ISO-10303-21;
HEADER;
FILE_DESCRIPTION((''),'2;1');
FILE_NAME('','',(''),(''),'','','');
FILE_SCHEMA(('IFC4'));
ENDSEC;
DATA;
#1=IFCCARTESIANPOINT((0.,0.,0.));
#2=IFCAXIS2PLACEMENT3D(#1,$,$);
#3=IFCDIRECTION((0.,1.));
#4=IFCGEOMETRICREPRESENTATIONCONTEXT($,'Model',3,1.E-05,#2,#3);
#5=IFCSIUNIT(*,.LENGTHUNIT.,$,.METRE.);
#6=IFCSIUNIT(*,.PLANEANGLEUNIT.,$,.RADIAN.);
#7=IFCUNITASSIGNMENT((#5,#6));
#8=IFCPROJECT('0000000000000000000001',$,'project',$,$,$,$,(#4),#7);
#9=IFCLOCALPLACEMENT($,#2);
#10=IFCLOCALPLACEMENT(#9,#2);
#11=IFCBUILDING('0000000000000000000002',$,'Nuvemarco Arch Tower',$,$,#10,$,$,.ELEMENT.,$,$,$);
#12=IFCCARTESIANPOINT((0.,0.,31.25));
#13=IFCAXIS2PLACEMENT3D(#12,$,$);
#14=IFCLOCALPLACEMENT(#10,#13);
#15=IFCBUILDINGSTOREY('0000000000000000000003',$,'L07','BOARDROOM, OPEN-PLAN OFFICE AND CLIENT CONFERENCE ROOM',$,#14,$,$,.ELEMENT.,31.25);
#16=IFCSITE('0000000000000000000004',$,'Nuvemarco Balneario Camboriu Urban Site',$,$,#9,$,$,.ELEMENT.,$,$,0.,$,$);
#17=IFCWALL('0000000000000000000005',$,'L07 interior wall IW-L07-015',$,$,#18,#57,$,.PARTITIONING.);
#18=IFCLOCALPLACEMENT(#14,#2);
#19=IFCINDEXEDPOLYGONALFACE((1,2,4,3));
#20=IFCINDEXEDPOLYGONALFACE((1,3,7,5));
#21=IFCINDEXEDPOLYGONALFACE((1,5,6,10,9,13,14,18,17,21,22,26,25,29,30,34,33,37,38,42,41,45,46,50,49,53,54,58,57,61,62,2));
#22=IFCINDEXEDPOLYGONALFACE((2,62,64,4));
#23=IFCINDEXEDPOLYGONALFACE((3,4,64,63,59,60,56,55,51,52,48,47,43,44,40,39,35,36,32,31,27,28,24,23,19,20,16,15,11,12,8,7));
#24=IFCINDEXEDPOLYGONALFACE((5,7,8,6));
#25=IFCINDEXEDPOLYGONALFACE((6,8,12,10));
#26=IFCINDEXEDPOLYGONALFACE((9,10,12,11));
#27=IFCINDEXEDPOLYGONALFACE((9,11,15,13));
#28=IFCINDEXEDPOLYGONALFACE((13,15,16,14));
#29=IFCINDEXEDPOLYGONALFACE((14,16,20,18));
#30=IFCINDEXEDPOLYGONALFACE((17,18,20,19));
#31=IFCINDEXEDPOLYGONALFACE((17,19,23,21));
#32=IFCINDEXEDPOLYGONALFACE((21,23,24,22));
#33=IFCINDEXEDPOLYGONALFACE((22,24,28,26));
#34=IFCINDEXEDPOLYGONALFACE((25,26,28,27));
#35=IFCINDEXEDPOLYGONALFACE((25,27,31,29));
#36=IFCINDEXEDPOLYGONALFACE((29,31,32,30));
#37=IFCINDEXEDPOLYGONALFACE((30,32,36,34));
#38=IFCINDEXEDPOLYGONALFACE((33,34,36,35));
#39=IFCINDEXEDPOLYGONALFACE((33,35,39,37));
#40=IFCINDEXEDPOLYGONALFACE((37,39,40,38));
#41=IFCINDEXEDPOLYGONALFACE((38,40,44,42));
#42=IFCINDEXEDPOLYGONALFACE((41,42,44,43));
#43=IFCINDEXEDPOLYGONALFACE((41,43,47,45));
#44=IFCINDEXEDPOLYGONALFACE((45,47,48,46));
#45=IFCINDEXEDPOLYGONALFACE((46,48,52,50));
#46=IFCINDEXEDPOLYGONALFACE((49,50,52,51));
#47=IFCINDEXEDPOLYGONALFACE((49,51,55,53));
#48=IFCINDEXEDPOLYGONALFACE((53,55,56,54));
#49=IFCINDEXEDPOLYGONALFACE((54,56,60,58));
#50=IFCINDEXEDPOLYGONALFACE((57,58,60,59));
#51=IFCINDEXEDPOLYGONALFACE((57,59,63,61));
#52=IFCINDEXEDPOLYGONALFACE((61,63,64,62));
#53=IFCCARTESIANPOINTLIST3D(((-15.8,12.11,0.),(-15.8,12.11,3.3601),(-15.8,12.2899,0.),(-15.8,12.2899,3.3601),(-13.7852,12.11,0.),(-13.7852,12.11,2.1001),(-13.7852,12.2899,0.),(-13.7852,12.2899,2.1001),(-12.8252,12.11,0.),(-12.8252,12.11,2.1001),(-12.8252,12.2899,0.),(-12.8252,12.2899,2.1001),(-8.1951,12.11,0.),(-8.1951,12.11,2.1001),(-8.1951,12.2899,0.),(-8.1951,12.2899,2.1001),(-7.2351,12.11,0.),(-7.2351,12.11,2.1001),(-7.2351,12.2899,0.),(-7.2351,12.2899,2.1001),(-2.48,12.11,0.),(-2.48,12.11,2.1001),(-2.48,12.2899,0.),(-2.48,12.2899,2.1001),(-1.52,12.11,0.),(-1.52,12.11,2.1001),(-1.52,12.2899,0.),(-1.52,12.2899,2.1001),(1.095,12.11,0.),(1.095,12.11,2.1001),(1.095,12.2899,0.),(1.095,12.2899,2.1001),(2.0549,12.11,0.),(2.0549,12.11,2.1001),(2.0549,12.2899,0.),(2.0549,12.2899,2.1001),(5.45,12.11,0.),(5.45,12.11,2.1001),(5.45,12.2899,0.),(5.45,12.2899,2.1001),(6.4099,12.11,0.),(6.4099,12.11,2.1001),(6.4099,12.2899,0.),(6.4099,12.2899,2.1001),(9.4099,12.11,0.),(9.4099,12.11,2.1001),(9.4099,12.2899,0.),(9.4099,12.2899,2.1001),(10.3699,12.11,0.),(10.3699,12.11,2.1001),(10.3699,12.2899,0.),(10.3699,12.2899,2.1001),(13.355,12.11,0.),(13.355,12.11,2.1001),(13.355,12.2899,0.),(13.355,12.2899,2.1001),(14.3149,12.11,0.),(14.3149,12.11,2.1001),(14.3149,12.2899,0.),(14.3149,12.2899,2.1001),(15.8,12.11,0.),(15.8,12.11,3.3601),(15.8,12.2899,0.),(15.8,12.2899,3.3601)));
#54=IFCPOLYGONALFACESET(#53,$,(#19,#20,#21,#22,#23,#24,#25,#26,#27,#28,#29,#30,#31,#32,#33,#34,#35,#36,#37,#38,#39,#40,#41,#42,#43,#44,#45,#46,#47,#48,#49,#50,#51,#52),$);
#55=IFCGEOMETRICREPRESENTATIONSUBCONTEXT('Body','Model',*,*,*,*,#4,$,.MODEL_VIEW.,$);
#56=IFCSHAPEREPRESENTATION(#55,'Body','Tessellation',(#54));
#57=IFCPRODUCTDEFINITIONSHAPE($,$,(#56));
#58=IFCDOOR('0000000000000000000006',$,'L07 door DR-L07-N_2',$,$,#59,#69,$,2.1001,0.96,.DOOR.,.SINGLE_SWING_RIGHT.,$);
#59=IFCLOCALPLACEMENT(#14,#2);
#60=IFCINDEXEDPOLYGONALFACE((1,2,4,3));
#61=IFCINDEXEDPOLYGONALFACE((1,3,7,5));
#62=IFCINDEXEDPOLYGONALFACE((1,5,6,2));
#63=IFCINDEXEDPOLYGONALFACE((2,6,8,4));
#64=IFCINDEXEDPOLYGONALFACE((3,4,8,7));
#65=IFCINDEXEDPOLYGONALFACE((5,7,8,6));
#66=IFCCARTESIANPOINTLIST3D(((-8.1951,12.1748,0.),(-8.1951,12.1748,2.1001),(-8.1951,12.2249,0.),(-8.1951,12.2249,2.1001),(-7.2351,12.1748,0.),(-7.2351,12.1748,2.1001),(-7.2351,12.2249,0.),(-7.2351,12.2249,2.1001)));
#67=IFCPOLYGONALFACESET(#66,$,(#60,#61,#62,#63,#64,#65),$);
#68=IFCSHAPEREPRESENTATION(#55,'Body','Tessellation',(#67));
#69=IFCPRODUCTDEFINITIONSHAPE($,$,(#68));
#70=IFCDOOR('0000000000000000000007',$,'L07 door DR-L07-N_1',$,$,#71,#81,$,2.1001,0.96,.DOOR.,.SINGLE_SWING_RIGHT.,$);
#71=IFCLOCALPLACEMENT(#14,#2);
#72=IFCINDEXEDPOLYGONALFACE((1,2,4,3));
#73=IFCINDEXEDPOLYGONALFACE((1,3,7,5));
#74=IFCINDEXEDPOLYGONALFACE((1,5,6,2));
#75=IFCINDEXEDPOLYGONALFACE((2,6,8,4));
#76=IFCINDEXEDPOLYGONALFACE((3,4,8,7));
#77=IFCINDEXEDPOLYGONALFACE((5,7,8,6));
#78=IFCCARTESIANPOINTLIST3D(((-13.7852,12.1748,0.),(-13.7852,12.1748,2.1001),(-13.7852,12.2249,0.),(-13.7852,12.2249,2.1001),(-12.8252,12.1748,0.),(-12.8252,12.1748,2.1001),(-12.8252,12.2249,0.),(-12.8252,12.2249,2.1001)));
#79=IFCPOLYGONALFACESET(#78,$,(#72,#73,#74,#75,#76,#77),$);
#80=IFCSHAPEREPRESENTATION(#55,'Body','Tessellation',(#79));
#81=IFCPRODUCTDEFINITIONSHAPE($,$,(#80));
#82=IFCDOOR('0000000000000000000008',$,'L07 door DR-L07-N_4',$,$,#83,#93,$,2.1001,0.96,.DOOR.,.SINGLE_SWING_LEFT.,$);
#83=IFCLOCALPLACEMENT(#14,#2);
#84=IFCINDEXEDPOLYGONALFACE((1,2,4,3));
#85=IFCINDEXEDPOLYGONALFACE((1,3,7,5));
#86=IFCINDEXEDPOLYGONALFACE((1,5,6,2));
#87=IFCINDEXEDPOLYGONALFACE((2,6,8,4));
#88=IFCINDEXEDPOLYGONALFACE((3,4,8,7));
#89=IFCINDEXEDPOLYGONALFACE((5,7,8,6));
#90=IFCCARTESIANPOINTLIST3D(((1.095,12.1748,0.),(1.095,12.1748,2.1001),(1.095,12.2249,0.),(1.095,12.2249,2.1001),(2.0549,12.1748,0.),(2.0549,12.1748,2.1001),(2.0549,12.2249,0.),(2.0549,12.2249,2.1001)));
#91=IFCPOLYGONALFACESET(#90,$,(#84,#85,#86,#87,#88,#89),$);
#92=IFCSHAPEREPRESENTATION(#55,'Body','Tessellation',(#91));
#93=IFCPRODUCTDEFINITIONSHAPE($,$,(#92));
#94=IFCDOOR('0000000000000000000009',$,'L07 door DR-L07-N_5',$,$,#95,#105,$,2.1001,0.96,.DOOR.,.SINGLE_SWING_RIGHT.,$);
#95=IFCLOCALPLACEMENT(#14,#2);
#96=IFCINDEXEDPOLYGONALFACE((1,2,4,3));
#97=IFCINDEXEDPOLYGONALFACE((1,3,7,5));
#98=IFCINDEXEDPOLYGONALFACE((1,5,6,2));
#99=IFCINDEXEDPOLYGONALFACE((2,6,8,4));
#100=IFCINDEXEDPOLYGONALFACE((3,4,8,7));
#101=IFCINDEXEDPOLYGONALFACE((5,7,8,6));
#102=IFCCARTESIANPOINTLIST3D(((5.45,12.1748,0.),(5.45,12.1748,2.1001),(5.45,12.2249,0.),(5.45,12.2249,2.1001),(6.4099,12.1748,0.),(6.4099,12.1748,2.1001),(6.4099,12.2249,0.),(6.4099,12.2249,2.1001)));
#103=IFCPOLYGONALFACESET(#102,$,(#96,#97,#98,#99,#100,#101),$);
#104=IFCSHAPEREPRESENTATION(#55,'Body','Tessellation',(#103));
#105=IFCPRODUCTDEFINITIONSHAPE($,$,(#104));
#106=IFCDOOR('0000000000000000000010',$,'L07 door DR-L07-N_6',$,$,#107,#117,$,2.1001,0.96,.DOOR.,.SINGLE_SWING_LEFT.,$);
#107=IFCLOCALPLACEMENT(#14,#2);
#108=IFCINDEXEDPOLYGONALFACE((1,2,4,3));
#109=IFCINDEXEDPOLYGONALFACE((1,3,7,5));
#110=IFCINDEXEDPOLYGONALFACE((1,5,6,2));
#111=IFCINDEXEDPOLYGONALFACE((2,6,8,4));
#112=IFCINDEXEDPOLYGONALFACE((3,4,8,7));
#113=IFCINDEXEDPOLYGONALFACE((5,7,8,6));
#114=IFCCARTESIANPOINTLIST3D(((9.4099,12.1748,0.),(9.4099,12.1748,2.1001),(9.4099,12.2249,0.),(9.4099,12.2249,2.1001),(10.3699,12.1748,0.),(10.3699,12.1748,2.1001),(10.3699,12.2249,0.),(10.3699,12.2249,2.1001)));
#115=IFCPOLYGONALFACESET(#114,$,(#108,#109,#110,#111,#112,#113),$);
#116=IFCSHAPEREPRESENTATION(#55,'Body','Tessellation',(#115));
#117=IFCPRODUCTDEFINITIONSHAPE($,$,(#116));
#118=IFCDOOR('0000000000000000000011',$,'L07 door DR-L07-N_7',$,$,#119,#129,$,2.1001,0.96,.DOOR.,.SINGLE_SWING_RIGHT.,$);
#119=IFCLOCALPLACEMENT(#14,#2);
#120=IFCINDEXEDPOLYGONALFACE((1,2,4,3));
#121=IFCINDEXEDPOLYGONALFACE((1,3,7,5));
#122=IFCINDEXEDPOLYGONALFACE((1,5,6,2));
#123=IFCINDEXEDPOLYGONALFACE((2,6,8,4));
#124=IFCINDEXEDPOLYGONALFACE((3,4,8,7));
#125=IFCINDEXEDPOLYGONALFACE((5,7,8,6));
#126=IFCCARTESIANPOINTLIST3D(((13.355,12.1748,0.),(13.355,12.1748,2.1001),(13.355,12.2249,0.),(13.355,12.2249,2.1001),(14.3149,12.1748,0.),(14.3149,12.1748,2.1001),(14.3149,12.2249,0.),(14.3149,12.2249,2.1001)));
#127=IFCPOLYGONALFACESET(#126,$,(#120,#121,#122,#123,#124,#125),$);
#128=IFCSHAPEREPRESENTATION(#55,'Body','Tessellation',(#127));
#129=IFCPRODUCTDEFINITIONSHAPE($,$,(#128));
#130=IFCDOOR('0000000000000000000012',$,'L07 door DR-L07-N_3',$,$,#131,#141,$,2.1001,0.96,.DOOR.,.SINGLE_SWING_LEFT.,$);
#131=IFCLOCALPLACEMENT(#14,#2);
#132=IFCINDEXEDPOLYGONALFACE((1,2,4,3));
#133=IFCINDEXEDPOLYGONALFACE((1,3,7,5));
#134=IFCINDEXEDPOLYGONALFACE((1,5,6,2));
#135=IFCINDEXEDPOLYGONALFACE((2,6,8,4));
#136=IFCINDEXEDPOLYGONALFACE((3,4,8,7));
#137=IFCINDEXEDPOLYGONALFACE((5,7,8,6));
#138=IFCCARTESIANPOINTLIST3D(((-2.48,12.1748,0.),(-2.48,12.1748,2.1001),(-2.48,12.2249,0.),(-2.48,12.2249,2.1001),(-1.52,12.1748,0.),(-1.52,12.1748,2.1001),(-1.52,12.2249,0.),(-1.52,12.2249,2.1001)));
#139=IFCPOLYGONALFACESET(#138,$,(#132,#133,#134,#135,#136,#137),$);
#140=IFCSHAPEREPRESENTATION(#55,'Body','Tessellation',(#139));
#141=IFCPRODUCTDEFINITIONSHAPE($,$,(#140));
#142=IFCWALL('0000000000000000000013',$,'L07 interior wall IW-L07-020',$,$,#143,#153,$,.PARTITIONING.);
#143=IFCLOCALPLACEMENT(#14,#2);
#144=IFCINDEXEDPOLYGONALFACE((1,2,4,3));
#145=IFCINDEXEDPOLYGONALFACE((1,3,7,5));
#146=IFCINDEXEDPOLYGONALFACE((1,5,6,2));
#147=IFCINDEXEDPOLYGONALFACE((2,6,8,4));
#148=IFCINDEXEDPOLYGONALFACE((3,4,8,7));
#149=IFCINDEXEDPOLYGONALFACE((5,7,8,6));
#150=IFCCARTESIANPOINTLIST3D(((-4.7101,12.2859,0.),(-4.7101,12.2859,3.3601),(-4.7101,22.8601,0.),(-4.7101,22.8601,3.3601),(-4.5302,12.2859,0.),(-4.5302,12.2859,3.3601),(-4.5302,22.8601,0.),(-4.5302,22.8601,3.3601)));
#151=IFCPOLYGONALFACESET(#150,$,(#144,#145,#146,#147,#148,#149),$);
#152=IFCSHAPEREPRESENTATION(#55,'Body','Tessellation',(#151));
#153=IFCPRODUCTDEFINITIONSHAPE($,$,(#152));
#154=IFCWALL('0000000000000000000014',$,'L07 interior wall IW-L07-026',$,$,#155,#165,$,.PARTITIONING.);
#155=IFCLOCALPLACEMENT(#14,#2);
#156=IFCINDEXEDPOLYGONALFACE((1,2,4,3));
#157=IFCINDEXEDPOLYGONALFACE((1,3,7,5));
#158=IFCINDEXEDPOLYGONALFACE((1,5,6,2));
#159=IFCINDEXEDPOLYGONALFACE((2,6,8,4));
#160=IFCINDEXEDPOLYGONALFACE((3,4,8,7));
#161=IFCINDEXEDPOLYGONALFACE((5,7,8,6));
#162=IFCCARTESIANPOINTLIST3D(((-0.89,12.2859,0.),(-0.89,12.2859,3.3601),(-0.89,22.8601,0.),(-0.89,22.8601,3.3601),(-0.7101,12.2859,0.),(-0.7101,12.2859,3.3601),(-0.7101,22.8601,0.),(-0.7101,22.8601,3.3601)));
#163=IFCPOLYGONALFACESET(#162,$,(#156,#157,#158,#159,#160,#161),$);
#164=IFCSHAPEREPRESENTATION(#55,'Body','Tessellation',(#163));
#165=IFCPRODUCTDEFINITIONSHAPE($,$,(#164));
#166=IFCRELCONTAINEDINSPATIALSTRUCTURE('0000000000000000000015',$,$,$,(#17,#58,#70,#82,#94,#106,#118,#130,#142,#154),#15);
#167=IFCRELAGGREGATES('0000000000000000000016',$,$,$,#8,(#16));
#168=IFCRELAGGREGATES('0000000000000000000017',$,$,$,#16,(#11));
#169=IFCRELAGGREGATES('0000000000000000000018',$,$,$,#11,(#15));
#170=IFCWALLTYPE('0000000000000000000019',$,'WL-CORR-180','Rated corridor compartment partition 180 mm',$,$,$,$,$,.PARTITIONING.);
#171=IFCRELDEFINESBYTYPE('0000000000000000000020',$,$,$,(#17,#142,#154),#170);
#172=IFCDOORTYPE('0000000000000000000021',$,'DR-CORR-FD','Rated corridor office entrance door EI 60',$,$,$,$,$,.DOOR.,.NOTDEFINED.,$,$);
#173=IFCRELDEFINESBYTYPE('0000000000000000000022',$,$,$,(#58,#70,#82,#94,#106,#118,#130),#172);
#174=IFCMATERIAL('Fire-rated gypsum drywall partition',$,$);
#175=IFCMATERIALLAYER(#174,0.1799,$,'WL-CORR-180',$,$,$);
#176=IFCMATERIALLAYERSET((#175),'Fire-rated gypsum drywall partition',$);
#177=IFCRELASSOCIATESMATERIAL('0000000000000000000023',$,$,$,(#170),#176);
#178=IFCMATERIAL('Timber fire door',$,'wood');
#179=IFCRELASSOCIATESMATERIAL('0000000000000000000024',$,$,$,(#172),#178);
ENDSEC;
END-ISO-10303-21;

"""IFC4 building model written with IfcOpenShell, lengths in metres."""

from ifc_helpers import new_model, si_unit, direction, frame, frame_2d, origin, place, context, subcontext, project, spatial, rectangle, extrude, source, transform, mapped, material, layer, layer_set, type_object, type_shapes, element, fill, save


model = new_model("IFC4")

# Units and contexts
model_context = context("Model", 3, precision=1e-05, world=origin(), true_north=direction((0.0, 1.0)))
body_context = subcontext(model_context, "Body", "Model", "MODEL_VIEW")
ifc_project = project(units=[si_unit("LENGTHUNIT", "METRE"), si_unit("PLANEANGLEUNIT", "RADIAN")], contexts=[model_context])

# Site, building, storey
site_placement = place(None, origin())
site = spatial("IfcSite", under=ifc_project, at=site_placement, Name="Nuvemarco Balneario Camboriu Urban Site", CompositionType="ELEMENT", RefElevation=0.0)
building_placement = place(site_placement, origin())
building = spatial("IfcBuilding", under=site, at=building_placement, Name="Nuvemarco Arch Tower", CompositionType="ELEMENT")
storey_placement = place(building_placement, frame((0.0, 0.0, 31.25)))
storey = spatial("IfcBuildingStorey", under=building, at=storey_placement, Name="L07", Description="BOARDROOM, OPEN-PLAN OFFICE AND CLIENT CONFERENCE ROOM", CompositionType="ELEMENT", Elevation=31.25)

# Shared definitions
ifc_material_1 = material(Name="Fire-rated gypsum drywall partition")
ifc_layer_1 = layer(ifc_material_1, 0.1799, Name="WL-CORR-180")
ifc_layer_set_1 = layer_set([ifc_layer_1], Name="Fire-rated gypsum drywall partition")
wall_type_1 = type_object("IfcWallType", Name="WL-CORR-180", Description="Rated corridor compartment partition 180 mm", PredefinedType="PARTITIONING", material=ifc_layer_set_1)
ifc_material_2 = material(Name="Timber fire door", Category="wood")
door_type = type_object("IfcDoorType", Name="DR-CORR-FD", Description="Rated corridor office entrance door EI 60", OperationType="NOTDEFINED", PredefinedType="DOOR", material=ifc_material_2)
shared_shape_1 = source(origin(), body_context, "Body", "SweptSolid", [
    extrude(rectangle(XDim=0.96, YDim=2.1001, at=frame_2d((0.48, 1.05))), frame((0.0, 0.0249, 0.0), z_axis=(0.0, -1.0, 0.0), x_axis=(1.0, 0.0, 0.0)), (0.0, 0.0, 1.0), 0.05),
])
type_shapes(door_type, [shared_shape_1])

# Wall, openings, doors
wall_1_placement = place(storey_placement, frame((-15.8, 12.2, 0.0), z_axis=(0.0, 0.0, 1.0), x_axis=(1.0, 0.0, 0.0)))
wall_1 = element("IfcWall", 1, at=wall_1_placement, inside=storey, type_object=wall_type_1, Name="L07 interior wall IW-L07-015", PredefinedType="PARTITIONING", context=body_context, shape_type="SweptSolid", body=[
    extrude(rectangle(XDim=31.6001, YDim=0.1799, at=frame_2d((15.8, 0.0))), origin(), (0.0, 0.0, 1.0), 3.3601),
])
opening_1_placement = place(wall_1_placement, frame((7.605, 0.0, 0.0)))
opening_1 = element("IfcOpeningElement", 2, at=opening_1_placement, cuts=wall_1, PredefinedType="OPENING", context=body_context, shape_type="SweptSolid", body=[
    extrude(rectangle(XDim=0.96, YDim=2.1001, at=frame_2d((0.48, 1.05))), frame((0.0, 0.0999, 0.0), z_axis=(0.0, -1.0, 0.0), x_axis=(1.0, 0.0, 0.0)), (0.0, 0.0, 1.0), 0.2),
])
opening_2_placement = place(wall_1_placement, frame((2.0149, 0.0, 0.0)))
opening_2 = element("IfcOpeningElement", 3, at=opening_2_placement, cuts=wall_1, PredefinedType="OPENING", context=body_context, shape_type="SweptSolid", body=[
    extrude(rectangle(XDim=0.96, YDim=2.1001, at=frame_2d((0.48, 1.05))), frame((0.0, 0.0999, 0.0), z_axis=(0.0, -1.0, 0.0), x_axis=(1.0, 0.0, 0.0)), (0.0, 0.0, 1.0), 0.2),
])
opening_3_placement = place(wall_1_placement, frame((16.895, 0.0, 0.0)))
opening_3 = element("IfcOpeningElement", 4, at=opening_3_placement, cuts=wall_1, PredefinedType="OPENING", context=body_context, shape_type="SweptSolid", body=[
    extrude(rectangle(XDim=0.96, YDim=2.1001, at=frame_2d((0.48, 1.05))), frame((0.0, 0.0999, 0.0), z_axis=(0.0, -1.0, 0.0), x_axis=(1.0, 0.0, 0.0)), (0.0, 0.0, 1.0), 0.2),
])
opening_4_placement = place(wall_1_placement, frame((21.25, 0.0, 0.0)))
opening_4 = element("IfcOpeningElement", 5, at=opening_4_placement, cuts=wall_1, PredefinedType="OPENING", context=body_context, shape_type="SweptSolid", body=[
    extrude(rectangle(XDim=0.96, YDim=2.1001, at=frame_2d((0.48, 1.05))), frame((0.0, 0.0999, 0.0), z_axis=(0.0, -1.0, 0.0), x_axis=(1.0, 0.0, 0.0)), (0.0, 0.0, 1.0), 0.2),
])
opening_5_placement = place(wall_1_placement, frame((25.21, 0.0, 0.0)))
opening_5 = element("IfcOpeningElement", 6, at=opening_5_placement, cuts=wall_1, PredefinedType="OPENING", context=body_context, shape_type="SweptSolid", body=[
    extrude(rectangle(XDim=0.96, YDim=2.1001, at=frame_2d((0.48, 1.05))), frame((0.0, 0.0999, 0.0), z_axis=(0.0, -1.0, 0.0), x_axis=(1.0, 0.0, 0.0)), (0.0, 0.0, 1.0), 0.2),
])
opening_6_placement = place(wall_1_placement, frame((29.155, 0.0, 0.0)))
opening_6 = element("IfcOpeningElement", 7, at=opening_6_placement, cuts=wall_1, PredefinedType="OPENING", context=body_context, shape_type="SweptSolid", body=[
    extrude(rectangle(XDim=0.96, YDim=2.1001, at=frame_2d((0.48, 1.05))), frame((0.0, 0.0999, 0.0), z_axis=(0.0, -1.0, 0.0), x_axis=(1.0, 0.0, 0.0)), (0.0, 0.0, 1.0), 0.2),
])
opening_7_placement = place(wall_1_placement, frame((13.3201, 0.0, 0.0)))
opening_7 = element("IfcOpeningElement", 8, at=opening_7_placement, cuts=wall_1, PredefinedType="OPENING", context=body_context, shape_type="SweptSolid", body=[
    extrude(rectangle(XDim=0.96, YDim=2.1001, at=frame_2d((0.48, 1.05))), frame((0.0, 0.0999, 0.0), z_axis=(0.0, -1.0, 0.0), x_axis=(1.0, 0.0, 0.0)), (0.0, 0.0, 1.0), 0.2),
])
door_1_placement = place(opening_1_placement, origin())
door_1 = element("IfcDoor", 9, at=door_1_placement, inside=storey, type_object=door_type, Name="L07 door DR-L07-N_2", OperationType="SINGLE_SWING_RIGHT", OverallHeight=2.1001, OverallWidth=0.96, PredefinedType="DOOR", context=body_context, shape_type="MappedRepresentation", body=[
    mapped(shared_shape_1, transform((0.0, 0.0, 0.0), scale=1.0)),
])
fill(opening_1, door_1)
door_2_placement = place(opening_2_placement, origin())
door_2 = element("IfcDoor", 10, at=door_2_placement, inside=storey, type_object=door_type, Name="L07 door DR-L07-N_1", OperationType="SINGLE_SWING_RIGHT", OverallHeight=2.1001, OverallWidth=0.96, PredefinedType="DOOR", context=body_context, shape_type="MappedRepresentation", body=[
    mapped(shared_shape_1, transform((0.0, 0.0, 0.0), scale=1.0)),
])
fill(opening_2, door_2)
door_3_placement = place(opening_3_placement, origin())
door_3 = element("IfcDoor", 11, at=door_3_placement, inside=storey, type_object=door_type, Name="L07 door DR-L07-N_4", OperationType="SINGLE_SWING_LEFT", OverallHeight=2.1001, OverallWidth=0.96, PredefinedType="DOOR", context=body_context, shape_type="MappedRepresentation", body=[
    mapped(shared_shape_1, transform((0.0, 0.0, 0.0), scale=1.0)),
])
fill(opening_3, door_3)
door_4_placement = place(opening_4_placement, origin())
door_4 = element("IfcDoor", 12, at=door_4_placement, inside=storey, type_object=door_type, Name="L07 door DR-L07-N_5", OperationType="SINGLE_SWING_RIGHT", OverallHeight=2.1001, OverallWidth=0.96, PredefinedType="DOOR", context=body_context, shape_type="MappedRepresentation", body=[
    mapped(shared_shape_1, transform((0.0, 0.0, 0.0), scale=1.0)),
])
fill(opening_4, door_4)
door_5_placement = place(opening_5_placement, origin())
door_5 = element("IfcDoor", 13, at=door_5_placement, inside=storey, type_object=door_type, Name="L07 door DR-L07-N_6", OperationType="SINGLE_SWING_LEFT", OverallHeight=2.1001, OverallWidth=0.96, PredefinedType="DOOR", context=body_context, shape_type="MappedRepresentation", body=[
    mapped(shared_shape_1, transform((0.0, 0.0, 0.0), scale=1.0)),
])
fill(opening_5, door_5)
door_6_placement = place(opening_6_placement, origin())
door_6 = element("IfcDoor", 14, at=door_6_placement, inside=storey, type_object=door_type, Name="L07 door DR-L07-N_7", OperationType="SINGLE_SWING_RIGHT", OverallHeight=2.1001, OverallWidth=0.96, PredefinedType="DOOR", context=body_context, shape_type="MappedRepresentation", body=[
    mapped(shared_shape_1, transform((0.0, 0.0, 0.0), scale=1.0)),
])
fill(opening_6, door_6)
door_7_placement = place(opening_7_placement, origin())
door_7 = element("IfcDoor", 15, at=door_7_placement, inside=storey, type_object=door_type, Name="L07 door DR-L07-N_3", OperationType="SINGLE_SWING_LEFT", OverallHeight=2.1001, OverallWidth=0.96, PredefinedType="DOOR", context=body_context, shape_type="MappedRepresentation", body=[
    mapped(shared_shape_1, transform((0.0, 0.0, 0.0), scale=1.0)),
])
fill(opening_7, door_7)

# Walls
for number, where, z_axis, x_axis, name in (
    (16, (-4.6201, 12.2859, 0.0), (0.0, 0.0, 1.0), (0.0, 1.0, 0.0), "L07 interior wall IW-L07-020"),
    (17, (-0.8, 12.2859, 0.0), (0.0, 0.0, 1.0), (0.0, 1.0, 0.0), "L07 interior wall IW-L07-026"),
):
    element("IfcWall", number, at=place(storey_placement, frame(where, z_axis=z_axis, x_axis=x_axis)), inside=storey, type_object=wall_type_1, Name=name, PredefinedType="PARTITIONING", context=body_context, shape_type="SweptSolid", body=[
        extrude(rectangle(XDim=10.5742, YDim=0.1799, at=frame_2d((5.2871, 0.0))), origin(), (0.0, 0.0, 1.0), 3.3601),
    ])

save(model, "model.ifc")
